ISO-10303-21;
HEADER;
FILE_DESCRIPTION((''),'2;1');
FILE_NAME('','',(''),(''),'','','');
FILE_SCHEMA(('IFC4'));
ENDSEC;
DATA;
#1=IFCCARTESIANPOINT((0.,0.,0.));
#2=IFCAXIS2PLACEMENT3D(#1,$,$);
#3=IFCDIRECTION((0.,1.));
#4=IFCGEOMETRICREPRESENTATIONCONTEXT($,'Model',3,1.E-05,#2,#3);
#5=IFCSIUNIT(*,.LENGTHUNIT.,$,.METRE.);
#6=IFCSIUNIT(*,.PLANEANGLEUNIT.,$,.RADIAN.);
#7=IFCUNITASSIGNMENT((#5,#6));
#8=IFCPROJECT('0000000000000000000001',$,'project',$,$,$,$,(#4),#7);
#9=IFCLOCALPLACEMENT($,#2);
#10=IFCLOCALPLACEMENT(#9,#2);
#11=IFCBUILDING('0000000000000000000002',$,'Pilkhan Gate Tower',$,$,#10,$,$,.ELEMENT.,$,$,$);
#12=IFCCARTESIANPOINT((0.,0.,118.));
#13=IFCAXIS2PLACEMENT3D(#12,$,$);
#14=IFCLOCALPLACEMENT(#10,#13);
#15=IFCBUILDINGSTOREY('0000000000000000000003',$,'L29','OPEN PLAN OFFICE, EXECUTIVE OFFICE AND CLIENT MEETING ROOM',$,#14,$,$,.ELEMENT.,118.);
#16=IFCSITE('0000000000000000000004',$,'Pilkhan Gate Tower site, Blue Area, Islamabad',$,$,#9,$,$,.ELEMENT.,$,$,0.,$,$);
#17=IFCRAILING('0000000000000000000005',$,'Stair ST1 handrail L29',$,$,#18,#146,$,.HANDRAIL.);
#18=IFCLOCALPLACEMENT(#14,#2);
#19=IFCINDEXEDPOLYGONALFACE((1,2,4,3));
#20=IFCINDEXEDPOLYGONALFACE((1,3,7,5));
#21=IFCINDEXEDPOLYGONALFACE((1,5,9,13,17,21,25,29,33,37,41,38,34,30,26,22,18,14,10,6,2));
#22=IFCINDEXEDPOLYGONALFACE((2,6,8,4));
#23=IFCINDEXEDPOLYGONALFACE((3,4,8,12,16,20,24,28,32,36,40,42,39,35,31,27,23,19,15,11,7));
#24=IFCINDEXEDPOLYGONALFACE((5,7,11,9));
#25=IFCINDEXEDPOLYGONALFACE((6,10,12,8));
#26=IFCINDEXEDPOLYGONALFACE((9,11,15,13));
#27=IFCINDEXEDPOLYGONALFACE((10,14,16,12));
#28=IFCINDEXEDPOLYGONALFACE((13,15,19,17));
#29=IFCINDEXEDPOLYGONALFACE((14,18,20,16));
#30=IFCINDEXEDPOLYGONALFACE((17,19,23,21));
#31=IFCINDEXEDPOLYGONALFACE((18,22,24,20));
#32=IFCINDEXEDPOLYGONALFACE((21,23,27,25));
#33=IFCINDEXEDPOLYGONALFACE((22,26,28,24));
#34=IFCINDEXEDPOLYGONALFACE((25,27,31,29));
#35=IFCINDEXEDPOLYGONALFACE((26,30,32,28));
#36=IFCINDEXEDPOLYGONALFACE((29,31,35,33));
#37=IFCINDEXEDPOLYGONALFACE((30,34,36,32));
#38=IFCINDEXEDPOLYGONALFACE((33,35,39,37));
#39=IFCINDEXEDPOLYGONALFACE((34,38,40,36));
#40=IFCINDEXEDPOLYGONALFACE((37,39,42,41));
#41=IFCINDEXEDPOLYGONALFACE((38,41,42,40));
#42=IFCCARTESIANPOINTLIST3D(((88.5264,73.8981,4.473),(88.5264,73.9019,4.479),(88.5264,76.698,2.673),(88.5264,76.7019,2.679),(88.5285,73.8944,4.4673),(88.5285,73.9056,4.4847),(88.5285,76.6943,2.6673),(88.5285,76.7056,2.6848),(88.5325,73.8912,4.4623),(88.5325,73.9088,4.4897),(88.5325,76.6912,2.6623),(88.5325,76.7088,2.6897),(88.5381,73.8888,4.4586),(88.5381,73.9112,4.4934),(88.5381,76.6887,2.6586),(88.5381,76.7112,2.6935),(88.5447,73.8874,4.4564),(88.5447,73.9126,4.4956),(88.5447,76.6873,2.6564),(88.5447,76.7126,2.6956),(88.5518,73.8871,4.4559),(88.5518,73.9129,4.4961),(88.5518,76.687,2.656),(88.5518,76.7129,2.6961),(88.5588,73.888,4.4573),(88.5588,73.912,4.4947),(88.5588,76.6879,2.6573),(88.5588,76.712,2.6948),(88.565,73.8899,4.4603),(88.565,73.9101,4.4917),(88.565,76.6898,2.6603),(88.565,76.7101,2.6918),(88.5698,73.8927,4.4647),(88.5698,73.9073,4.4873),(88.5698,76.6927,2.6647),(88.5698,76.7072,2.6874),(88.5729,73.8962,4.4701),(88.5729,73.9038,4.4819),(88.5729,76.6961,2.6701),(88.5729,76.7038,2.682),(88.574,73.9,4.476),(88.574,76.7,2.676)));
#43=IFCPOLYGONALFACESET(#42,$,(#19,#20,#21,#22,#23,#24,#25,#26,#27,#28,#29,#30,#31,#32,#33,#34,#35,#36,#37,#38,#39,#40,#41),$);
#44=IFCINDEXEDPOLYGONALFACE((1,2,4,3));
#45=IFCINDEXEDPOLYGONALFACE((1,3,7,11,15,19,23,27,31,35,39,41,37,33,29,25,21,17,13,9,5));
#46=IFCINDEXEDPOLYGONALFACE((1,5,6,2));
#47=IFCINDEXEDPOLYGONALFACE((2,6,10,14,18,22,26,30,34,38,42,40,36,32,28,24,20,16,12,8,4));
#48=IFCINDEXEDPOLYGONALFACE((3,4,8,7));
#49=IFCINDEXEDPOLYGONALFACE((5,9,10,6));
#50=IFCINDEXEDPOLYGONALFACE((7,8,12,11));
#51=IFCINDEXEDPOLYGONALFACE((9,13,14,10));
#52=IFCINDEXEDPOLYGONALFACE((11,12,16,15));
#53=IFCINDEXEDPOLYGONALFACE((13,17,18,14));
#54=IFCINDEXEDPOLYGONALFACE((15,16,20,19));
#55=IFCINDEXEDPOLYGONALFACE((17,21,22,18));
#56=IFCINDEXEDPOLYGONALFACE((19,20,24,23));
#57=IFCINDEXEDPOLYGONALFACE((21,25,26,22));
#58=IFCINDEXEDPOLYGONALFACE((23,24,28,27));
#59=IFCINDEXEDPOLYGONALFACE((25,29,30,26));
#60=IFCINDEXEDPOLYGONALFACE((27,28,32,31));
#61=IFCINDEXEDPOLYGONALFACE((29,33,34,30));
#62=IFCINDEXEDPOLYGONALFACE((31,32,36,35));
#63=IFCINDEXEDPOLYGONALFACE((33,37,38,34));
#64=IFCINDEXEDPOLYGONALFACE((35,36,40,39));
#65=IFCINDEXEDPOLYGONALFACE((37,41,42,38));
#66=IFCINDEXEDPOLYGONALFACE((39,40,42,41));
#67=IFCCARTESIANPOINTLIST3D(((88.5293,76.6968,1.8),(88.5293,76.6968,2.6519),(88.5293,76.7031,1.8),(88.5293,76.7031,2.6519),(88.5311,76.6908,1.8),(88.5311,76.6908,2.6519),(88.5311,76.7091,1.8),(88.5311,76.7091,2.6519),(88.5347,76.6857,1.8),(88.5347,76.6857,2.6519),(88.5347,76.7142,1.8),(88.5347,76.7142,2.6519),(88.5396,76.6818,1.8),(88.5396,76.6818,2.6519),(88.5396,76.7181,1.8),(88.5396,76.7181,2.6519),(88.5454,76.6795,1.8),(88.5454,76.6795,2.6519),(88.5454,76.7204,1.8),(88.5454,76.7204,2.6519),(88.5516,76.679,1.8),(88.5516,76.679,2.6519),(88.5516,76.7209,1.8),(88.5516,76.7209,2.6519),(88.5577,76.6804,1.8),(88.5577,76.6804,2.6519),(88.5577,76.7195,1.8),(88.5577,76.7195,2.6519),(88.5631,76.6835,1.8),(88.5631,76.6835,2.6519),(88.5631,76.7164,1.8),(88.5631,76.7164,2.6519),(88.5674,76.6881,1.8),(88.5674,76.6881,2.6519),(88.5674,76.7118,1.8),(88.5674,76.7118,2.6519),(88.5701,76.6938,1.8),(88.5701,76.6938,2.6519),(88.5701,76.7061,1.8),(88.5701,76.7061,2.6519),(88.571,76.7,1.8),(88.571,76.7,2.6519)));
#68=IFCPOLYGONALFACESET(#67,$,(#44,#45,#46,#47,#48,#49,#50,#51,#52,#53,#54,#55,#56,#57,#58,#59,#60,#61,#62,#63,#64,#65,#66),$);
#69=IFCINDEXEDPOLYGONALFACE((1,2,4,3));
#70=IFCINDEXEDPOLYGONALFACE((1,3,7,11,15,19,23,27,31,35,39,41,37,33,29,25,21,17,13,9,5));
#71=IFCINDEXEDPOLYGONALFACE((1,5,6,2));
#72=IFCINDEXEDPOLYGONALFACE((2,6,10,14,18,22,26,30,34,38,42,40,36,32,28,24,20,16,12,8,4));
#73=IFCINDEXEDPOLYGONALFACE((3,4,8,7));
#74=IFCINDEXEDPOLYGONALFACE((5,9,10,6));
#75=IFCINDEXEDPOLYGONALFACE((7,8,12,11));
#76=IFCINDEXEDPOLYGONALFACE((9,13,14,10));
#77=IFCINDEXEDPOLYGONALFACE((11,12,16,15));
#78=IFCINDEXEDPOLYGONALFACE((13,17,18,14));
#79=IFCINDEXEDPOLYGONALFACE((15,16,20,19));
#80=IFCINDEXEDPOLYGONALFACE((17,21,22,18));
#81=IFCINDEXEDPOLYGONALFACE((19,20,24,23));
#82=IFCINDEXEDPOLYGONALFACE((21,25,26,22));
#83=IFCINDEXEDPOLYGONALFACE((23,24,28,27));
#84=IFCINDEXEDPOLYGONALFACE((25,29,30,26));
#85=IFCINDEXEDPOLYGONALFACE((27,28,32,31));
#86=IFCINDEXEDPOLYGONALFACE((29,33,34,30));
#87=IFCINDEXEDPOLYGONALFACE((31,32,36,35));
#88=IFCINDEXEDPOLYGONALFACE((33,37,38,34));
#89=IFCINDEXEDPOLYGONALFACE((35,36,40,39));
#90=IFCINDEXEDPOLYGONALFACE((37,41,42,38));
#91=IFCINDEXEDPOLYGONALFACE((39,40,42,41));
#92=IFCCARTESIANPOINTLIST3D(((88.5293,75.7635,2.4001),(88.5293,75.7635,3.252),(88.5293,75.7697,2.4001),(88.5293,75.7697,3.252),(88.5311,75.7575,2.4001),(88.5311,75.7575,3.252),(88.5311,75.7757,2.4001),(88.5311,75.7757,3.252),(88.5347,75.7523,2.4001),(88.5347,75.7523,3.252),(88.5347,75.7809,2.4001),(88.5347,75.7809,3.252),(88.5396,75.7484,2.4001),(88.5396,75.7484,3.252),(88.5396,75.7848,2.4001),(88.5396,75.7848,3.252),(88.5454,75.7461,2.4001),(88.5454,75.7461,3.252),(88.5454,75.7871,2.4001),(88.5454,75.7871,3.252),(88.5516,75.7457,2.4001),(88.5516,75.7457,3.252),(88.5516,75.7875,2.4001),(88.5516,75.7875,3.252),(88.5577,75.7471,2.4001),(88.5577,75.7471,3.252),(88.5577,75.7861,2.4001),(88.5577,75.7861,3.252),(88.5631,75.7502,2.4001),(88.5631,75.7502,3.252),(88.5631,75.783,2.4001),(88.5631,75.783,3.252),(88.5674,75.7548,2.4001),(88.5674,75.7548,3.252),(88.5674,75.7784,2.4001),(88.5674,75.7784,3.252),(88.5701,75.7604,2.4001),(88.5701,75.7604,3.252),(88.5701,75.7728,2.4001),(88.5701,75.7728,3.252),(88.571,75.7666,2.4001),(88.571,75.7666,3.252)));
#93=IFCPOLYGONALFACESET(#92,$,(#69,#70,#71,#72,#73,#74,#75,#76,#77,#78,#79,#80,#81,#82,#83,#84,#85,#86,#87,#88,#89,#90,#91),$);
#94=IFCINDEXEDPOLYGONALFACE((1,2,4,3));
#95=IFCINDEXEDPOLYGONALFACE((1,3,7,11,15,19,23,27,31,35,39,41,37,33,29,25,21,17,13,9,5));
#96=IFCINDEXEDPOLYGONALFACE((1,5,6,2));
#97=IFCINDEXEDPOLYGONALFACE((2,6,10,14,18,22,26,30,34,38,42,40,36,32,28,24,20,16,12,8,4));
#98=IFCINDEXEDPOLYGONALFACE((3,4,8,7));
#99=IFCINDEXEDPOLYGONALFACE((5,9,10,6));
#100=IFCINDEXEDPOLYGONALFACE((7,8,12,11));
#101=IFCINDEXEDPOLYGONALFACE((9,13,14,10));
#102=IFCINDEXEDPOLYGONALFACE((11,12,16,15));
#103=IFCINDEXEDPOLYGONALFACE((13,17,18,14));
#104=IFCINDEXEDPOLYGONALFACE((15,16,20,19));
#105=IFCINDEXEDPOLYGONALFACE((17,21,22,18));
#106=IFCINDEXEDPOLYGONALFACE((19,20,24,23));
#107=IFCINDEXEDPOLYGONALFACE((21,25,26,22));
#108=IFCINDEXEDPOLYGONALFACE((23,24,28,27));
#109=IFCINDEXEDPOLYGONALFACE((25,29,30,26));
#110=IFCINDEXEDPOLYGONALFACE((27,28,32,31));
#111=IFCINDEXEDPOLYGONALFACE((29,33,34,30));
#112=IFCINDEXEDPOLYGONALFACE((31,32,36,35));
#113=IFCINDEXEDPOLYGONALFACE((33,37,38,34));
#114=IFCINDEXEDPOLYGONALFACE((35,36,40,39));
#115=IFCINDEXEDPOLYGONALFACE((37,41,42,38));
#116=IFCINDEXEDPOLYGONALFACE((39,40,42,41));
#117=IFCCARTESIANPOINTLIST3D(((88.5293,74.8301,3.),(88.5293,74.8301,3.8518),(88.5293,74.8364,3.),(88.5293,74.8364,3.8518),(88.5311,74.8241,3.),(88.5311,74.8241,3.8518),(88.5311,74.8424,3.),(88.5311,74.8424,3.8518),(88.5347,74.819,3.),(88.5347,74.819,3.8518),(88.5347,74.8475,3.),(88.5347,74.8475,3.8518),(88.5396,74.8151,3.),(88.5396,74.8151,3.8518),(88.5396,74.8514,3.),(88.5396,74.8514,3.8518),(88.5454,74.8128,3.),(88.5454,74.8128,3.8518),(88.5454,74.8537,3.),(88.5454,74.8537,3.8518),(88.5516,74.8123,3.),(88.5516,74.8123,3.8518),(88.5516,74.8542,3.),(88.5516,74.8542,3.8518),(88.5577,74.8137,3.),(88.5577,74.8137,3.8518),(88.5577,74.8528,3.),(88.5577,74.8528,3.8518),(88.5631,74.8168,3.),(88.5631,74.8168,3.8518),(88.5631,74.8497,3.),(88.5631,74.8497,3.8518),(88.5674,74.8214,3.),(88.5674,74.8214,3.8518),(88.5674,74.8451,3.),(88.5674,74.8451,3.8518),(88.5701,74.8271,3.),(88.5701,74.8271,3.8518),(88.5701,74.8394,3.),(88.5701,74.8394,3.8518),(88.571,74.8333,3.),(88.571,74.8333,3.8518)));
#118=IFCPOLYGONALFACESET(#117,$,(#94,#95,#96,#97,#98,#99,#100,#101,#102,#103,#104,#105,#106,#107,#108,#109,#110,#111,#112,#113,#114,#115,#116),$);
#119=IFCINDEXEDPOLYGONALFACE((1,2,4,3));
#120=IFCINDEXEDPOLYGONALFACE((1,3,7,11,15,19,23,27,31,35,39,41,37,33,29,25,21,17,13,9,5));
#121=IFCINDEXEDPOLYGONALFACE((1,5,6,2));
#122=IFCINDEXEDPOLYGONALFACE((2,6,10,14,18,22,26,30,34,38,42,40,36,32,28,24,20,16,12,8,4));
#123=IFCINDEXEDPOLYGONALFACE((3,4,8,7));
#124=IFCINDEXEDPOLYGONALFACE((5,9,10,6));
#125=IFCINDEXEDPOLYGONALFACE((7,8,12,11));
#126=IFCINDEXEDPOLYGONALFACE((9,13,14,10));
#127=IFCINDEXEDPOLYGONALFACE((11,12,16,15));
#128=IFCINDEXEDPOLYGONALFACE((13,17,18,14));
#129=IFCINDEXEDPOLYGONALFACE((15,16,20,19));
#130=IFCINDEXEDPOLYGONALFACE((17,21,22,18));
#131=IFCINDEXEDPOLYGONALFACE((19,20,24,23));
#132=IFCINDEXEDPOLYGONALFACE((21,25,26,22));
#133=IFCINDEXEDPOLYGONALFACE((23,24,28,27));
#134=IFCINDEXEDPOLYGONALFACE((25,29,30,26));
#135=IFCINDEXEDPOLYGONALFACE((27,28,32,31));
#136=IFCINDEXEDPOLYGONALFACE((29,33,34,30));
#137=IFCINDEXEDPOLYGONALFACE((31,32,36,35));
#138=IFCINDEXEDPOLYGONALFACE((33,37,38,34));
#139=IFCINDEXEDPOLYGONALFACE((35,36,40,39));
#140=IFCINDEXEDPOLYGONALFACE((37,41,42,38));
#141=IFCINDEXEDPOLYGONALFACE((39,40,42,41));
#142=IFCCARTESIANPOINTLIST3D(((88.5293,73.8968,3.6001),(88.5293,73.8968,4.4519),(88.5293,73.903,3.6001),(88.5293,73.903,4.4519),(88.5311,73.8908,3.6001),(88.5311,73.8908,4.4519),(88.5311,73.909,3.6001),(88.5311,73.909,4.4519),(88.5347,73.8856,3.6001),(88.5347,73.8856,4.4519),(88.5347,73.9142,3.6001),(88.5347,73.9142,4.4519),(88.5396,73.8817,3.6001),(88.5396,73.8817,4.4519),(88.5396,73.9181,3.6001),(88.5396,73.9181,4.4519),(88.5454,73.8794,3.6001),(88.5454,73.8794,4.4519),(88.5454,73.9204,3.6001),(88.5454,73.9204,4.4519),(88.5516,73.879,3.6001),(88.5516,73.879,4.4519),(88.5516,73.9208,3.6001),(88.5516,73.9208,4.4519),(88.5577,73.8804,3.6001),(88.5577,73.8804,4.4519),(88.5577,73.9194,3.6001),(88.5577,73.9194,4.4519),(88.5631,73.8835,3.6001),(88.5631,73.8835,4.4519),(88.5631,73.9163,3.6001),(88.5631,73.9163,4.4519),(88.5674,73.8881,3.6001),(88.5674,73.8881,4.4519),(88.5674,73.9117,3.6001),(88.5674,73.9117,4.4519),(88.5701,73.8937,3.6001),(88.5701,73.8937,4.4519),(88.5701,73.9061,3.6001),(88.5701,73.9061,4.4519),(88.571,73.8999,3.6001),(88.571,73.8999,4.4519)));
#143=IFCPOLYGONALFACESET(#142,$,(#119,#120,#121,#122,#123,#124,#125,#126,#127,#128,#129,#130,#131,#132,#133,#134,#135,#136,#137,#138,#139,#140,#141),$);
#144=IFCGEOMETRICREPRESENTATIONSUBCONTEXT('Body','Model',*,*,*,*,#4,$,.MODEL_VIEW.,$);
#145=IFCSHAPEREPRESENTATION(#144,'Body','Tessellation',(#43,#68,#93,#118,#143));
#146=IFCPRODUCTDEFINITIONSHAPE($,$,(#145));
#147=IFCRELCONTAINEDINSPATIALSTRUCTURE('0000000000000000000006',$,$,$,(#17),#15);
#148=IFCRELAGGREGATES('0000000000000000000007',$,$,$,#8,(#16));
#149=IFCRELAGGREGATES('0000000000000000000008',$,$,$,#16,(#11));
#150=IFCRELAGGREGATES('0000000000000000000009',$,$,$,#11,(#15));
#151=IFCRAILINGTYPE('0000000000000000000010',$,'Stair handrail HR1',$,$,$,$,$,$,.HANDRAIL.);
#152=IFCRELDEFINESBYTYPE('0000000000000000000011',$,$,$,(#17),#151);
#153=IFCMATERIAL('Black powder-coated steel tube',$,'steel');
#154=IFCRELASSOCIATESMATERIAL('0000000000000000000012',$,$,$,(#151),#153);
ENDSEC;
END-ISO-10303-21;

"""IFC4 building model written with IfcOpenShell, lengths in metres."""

from ifc_helpers import new_model, si_unit, direction, frame, origin, origin_2d, place, context, subcontext, project, spatial, circle, extrude, material, type_object, element, save


model = new_model("IFC4")

# Units and contexts
model_context = context("Model", 3, precision=1e-05, world=origin(), true_north=direction((0.0, 1.0)))
body_context = subcontext(model_context, "Body", "Model", "MODEL_VIEW")
ifc_project = project(units=[si_unit("LENGTHUNIT", "METRE"), si_unit("PLANEANGLEUNIT", "RADIAN")], contexts=[model_context])

# Site, building, storey
site_placement = place(None, origin())
site = spatial("IfcSite", under=ifc_project, at=site_placement, Name="Pilkhan Gate Tower site, Blue Area, Islamabad", CompositionType="ELEMENT", RefElevation=0.0)
building_placement = place(site_placement, origin())
building = spatial("IfcBuilding", under=site, at=building_placement, Name="Pilkhan Gate Tower", CompositionType="ELEMENT")
storey_placement = place(building_placement, frame((0.0, 0.0, 118.0)))
storey = spatial("IfcBuildingStorey", under=building, at=storey_placement, Name="L29", Description="OPEN PLAN OFFICE, EXECUTIVE OFFICE AND CLIENT MEETING ROOM", CompositionType="ELEMENT", Elevation=118.0)

# Railing
ifc_material_1 = material(Name="Black powder-coated steel tube", Category="steel")
railing_type_1 = type_object("IfcRailingType", Name="Stair handrail HR1", PredefinedType="HANDRAIL", material=ifc_material_1)
railing_1_placement = place(storey_placement, frame((88.55, 76.7, 1.8)))
element("IfcRailing", 1, at=railing_1_placement, inside=storey, type_object=railing_type_1, Name="Stair ST1 handrail L29", PredefinedType="HANDRAIL", context=body_context, shape_type="SweptSolid", body=[
    extrude(circle(Radius=0.0239, at=origin_2d()), frame((0.0, 0.0, 0.876), z_axis=(0.0, -0.841176, 0.540761), x_axis=(1.0, 0.0, 0.0)), (0.0, 0.0, 1.0), 3.3286),
    extrude(circle(Radius=0.021, at=origin_2d()), origin(), (0.0, 0.0, 1.0), 0.8518),
    extrude(circle(Radius=0.021, at=origin_2d()), frame((0.0, -0.9333, 0.6001)), (0.0, 0.0, 1.0), 0.8518),
    extrude(circle(Radius=0.021, at=origin_2d()), frame((0.0, -1.8667, 1.2)), (0.0, 0.0, 1.0), 0.8518),
    extrude(circle(Radius=0.021, at=origin_2d()), frame((0.0, -2.8, 1.8)), (0.0, 0.0, 1.0), 0.8518),
])

save(model, "model.ifc")
